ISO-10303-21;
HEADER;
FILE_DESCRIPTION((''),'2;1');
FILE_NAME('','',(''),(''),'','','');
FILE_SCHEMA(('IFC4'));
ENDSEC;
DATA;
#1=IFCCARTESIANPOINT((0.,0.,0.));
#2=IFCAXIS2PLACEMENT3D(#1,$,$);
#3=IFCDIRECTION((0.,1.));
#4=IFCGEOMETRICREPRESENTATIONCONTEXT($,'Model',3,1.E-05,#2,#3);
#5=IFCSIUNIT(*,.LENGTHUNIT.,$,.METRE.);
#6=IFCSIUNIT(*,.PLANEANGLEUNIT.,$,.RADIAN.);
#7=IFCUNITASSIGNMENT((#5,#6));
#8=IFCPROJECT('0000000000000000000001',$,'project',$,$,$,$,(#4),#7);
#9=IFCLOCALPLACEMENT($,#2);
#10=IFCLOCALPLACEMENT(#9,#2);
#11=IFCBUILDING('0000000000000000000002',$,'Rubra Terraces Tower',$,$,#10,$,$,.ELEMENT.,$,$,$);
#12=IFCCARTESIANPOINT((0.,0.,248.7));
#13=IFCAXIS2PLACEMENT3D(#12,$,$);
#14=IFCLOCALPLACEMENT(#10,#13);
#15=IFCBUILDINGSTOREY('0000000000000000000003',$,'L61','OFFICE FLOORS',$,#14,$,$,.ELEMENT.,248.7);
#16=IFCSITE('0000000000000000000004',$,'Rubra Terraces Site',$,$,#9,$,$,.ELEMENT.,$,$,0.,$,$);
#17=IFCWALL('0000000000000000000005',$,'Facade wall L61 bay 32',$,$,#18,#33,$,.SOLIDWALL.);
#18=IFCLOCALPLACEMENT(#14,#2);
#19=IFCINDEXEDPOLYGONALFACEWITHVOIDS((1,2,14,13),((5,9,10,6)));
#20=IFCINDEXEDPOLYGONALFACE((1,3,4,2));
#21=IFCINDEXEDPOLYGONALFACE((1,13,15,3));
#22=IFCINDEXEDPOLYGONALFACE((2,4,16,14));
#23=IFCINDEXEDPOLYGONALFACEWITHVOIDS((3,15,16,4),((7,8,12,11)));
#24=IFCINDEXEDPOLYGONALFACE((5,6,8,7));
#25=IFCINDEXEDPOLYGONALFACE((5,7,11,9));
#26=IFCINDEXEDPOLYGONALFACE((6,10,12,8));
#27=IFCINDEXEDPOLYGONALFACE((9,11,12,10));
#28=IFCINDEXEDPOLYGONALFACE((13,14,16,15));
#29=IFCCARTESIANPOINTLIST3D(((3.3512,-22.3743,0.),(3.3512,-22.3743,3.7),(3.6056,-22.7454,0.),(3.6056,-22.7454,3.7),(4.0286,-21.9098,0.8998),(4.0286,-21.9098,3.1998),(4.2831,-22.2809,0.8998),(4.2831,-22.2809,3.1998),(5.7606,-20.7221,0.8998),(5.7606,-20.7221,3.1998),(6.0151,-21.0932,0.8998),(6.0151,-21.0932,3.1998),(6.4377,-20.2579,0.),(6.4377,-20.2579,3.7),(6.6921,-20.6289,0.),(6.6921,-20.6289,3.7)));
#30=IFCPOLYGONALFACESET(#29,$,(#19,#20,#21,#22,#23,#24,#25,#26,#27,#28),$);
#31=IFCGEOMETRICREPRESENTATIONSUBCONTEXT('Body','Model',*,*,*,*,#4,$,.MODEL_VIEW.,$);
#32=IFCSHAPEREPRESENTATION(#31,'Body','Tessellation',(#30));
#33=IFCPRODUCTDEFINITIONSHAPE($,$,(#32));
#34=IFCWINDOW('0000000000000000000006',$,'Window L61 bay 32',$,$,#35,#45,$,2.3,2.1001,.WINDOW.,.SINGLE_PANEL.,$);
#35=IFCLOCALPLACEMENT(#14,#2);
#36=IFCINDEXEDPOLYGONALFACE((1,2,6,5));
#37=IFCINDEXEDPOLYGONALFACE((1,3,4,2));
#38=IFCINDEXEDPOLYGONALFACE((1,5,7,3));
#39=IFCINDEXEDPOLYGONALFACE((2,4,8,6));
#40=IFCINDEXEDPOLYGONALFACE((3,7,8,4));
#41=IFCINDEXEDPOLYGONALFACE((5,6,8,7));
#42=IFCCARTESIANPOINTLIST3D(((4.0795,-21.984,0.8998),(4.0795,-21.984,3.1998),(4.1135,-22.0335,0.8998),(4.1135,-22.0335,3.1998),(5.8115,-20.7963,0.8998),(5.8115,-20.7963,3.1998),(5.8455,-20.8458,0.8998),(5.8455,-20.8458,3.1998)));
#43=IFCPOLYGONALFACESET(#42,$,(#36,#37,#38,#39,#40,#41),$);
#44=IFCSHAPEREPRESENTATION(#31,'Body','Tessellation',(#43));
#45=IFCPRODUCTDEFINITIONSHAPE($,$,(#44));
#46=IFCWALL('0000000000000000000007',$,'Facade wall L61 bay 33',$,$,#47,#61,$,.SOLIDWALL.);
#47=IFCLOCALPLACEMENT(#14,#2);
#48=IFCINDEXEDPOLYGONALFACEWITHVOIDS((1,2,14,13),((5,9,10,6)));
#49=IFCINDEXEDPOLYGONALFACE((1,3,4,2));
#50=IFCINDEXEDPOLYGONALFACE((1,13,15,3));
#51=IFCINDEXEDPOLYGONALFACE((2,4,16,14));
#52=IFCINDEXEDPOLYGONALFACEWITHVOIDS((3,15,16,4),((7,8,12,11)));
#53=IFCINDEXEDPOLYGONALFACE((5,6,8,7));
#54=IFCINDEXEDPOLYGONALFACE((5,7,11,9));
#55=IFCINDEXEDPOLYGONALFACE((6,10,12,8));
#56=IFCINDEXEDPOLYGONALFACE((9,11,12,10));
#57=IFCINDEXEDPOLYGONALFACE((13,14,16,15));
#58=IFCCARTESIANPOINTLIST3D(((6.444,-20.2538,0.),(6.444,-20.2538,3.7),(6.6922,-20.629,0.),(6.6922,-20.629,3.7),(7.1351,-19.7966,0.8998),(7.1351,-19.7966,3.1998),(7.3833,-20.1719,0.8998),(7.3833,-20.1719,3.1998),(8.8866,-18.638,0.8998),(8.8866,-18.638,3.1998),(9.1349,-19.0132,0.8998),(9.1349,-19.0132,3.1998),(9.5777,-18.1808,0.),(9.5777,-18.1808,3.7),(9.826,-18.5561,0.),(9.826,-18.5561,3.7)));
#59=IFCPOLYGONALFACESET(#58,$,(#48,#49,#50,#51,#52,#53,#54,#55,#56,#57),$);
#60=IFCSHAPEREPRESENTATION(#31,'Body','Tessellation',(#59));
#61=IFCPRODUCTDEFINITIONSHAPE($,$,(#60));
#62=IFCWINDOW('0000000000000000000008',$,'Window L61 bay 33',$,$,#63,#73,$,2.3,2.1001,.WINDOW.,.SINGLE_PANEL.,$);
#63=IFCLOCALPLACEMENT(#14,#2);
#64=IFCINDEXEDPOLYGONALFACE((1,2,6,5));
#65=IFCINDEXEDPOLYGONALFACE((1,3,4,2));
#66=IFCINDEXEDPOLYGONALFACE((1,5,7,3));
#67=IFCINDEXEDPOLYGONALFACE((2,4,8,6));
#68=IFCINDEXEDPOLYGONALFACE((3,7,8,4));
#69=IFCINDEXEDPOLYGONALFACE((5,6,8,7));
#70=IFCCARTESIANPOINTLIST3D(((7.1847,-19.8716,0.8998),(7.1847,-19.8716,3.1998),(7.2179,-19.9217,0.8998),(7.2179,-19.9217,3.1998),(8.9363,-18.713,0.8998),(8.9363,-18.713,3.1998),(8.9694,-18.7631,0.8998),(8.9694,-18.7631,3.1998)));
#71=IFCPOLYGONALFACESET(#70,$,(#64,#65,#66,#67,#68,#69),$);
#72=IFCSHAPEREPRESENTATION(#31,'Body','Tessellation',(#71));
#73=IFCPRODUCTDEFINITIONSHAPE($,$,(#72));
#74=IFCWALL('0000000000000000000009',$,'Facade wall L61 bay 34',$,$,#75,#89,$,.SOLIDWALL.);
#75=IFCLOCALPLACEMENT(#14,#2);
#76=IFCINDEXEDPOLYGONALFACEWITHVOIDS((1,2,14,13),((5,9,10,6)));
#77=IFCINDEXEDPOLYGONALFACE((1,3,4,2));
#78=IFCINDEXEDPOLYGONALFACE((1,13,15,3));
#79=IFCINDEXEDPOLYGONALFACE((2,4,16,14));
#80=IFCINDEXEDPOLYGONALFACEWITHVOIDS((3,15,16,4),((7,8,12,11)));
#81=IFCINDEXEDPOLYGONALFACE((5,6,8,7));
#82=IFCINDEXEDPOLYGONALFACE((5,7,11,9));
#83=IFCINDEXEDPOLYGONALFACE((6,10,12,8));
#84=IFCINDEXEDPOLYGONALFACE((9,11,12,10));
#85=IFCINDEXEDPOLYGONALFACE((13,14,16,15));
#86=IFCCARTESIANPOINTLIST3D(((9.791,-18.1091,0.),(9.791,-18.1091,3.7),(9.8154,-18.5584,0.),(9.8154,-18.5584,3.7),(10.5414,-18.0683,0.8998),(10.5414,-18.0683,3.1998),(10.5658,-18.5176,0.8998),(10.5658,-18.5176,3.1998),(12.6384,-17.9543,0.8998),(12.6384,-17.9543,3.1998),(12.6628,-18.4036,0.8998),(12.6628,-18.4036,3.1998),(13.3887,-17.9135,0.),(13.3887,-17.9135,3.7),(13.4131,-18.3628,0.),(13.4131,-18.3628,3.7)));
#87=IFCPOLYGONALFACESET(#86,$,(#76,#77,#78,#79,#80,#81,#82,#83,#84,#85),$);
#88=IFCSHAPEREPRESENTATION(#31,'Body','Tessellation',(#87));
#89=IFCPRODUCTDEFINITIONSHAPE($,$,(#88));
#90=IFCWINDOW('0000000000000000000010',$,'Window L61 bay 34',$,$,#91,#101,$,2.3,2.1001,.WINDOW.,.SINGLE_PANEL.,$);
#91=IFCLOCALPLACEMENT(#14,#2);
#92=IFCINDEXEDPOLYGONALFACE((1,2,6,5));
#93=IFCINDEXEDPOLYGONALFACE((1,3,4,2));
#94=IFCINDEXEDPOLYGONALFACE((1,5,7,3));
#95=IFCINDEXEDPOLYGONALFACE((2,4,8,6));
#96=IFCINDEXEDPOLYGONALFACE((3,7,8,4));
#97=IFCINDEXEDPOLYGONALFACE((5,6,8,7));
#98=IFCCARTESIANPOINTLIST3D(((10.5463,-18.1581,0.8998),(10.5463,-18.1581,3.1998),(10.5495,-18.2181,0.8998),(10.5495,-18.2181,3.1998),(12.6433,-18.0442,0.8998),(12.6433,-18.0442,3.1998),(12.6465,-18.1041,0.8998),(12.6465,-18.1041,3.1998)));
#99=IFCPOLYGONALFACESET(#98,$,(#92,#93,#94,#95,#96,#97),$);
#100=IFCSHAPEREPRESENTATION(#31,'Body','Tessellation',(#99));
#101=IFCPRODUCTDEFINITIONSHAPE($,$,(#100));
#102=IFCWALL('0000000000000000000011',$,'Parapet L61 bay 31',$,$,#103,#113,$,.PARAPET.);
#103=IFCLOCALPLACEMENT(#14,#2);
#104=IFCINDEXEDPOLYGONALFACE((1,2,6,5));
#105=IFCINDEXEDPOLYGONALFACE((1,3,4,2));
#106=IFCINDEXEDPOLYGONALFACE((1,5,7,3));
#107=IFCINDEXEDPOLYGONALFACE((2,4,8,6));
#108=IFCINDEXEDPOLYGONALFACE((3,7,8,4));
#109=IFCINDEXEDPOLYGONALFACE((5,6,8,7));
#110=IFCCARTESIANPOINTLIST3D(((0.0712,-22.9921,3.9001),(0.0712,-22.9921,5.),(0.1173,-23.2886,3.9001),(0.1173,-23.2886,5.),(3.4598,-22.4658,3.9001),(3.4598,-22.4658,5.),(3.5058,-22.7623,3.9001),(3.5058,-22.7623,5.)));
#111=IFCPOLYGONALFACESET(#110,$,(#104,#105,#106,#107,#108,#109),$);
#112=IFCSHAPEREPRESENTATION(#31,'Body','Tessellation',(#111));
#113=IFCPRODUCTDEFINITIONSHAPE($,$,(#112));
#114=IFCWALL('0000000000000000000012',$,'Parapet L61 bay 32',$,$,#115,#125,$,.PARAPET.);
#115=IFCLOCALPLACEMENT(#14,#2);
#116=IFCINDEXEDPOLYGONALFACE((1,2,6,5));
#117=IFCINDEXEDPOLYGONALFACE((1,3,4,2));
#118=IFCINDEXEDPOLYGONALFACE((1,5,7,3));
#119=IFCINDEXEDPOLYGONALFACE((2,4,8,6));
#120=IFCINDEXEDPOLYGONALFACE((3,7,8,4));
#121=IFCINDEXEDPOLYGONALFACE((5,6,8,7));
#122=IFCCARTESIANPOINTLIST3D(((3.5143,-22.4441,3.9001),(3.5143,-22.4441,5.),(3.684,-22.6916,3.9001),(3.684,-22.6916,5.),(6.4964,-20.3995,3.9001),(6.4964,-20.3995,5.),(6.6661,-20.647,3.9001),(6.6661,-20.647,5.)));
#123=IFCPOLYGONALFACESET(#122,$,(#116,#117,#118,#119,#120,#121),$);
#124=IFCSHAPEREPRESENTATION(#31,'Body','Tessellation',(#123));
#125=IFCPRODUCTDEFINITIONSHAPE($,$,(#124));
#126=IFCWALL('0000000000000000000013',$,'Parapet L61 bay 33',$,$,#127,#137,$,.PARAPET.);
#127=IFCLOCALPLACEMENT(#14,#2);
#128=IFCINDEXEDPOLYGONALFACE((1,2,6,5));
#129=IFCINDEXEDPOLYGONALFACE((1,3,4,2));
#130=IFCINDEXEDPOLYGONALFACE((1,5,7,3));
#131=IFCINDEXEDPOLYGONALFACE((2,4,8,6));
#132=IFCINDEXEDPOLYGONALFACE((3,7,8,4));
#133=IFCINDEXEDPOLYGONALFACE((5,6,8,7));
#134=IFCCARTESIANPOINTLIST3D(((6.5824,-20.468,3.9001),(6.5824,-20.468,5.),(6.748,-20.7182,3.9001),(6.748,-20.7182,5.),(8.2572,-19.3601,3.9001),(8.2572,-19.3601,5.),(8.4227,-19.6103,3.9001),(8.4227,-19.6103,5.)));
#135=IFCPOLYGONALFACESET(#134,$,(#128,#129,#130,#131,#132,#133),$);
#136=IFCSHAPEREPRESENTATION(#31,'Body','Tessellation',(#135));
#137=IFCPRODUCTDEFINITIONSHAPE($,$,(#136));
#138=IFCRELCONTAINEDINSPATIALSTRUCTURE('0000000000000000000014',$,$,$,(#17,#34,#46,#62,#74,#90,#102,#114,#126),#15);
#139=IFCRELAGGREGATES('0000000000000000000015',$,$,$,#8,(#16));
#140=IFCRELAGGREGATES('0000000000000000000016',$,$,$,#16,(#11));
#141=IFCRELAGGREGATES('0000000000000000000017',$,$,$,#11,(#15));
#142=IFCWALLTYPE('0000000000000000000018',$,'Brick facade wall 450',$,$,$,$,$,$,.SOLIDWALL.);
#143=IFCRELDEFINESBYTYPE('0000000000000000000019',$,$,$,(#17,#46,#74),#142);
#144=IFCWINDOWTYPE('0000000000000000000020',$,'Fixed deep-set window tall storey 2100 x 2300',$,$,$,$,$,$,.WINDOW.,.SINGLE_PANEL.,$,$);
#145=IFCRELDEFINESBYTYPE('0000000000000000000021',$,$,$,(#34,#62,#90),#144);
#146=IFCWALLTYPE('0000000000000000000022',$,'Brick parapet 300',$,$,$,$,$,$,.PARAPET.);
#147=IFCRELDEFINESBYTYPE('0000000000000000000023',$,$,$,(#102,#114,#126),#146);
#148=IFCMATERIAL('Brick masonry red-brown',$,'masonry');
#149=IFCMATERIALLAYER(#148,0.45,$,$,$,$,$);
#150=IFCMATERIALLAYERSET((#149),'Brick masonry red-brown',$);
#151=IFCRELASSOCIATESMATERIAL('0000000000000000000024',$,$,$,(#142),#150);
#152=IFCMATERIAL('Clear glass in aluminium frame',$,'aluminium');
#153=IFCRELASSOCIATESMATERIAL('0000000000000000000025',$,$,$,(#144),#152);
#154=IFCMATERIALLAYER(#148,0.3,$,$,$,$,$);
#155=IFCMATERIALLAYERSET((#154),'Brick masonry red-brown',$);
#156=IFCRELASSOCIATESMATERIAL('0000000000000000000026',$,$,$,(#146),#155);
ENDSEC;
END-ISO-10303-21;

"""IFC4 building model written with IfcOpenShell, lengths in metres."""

from ifc_helpers import new_model, si_unit, direction, frame, frame_2d, origin, place, context, subcontext, project, spatial, rectangle, extrude, material, layer, layer_set, type_object, element, fill, save


model = new_model("IFC4")

# Units and contexts
model_context = context("Model", 3, precision=1e-05, world=origin(), true_north=direction((0.0, 1.0)))
body_context = subcontext(model_context, "Body", "Model", "MODEL_VIEW")
ifc_project = project(units=[si_unit("LENGTHUNIT", "METRE"), si_unit("PLANEANGLEUNIT", "RADIAN")], contexts=[model_context])

# Site, building, storey
site_placement = place(None, origin())
site = spatial("IfcSite", under=ifc_project, at=site_placement, Name="Rubra Terraces Site", CompositionType="ELEMENT", RefElevation=0.0)
building_placement = place(site_placement, origin())
building = spatial("IfcBuilding", under=site, at=building_placement, Name="Rubra Terraces Tower", CompositionType="ELEMENT")
storey_placement = place(building_placement, frame((0.0, 0.0, 248.7)))
storey = spatial("IfcBuildingStorey", under=building, at=storey_placement, Name="L61", Description="OFFICE FLOORS", CompositionType="ELEMENT", Elevation=248.7)

# Walls, openings, windows
ifc_material_1 = material(Name="Brick masonry red-brown", Category="masonry")
ifc_layer_1 = layer(ifc_material_1, 0.45)
ifc_layer_set_1 = layer_set([ifc_layer_1], Name="Brick masonry red-brown")
wall_type_1 = type_object("IfcWallType", Name="Brick facade wall 450", PredefinedType="SOLIDWALL", material=ifc_layer_set_1)
wall_1_placement = place(storey_placement, frame((3.4785, -22.5598, 0.0), z_axis=(0.0, 0.0, 1.0), x_axis=(0.824723, 0.565537, 0.0)))
wall_1 = element("IfcWall", 1, at=wall_1_placement, inside=storey, type_object=wall_type_1, Name="Facade wall L61 bay 32", PredefinedType="SOLIDWALL", context=body_context, shape_type="SweptSolid", body=[
    extrude(rectangle(XDim=3.7424, YDim=0.45, at=frame_2d((1.8711, 0.0))), origin(), (0.0, 0.0, 1.0), 3.7),
])
opening_1_placement = place(wall_1_placement, frame((0.8213, 0.0, 0.8999)))
opening_1 = element("IfcOpeningElement", 2, at=opening_1_placement, cuts=wall_1, PredefinedType="OPENING", context=body_context, shape_type="SweptSolid", body=[
    extrude(rectangle(XDim=2.1001, YDim=2.3, at=frame_2d((1.05, 1.1499))), frame((0.0, 0.2349, 0.0), z_axis=(0.0, -1.0, 0.0), x_axis=(1.0, 0.0, 0.0)), (0.0, 0.0, 1.0), 0.47),
])
ifc_material_2 = material(Name="Clear glass in aluminium frame", Category="aluminium")
window_type = type_object("IfcWindowType", Name="Fixed deep-set window tall storey 2100 x 2300", PartitioningType="SINGLE_PANEL", PredefinedType="WINDOW", material=ifc_material_2)
window_1_placement = place(opening_1_placement, origin())
window_1 = element("IfcWindow", 3, at=window_1_placement, inside=storey, type_object=window_type, Name="Window L61 bay 32", OverallHeight=2.3, OverallWidth=2.1001, PartitioningType="SINGLE_PANEL", PredefinedType="WINDOW", context=body_context, shape_type="SweptSolid", body=[
    extrude(rectangle(XDim=2.1001, YDim=2.3, at=frame_2d((1.05, 1.1499))), frame((0.0, 0.135, 0.0), z_axis=(0.0, -1.0, 0.0), x_axis=(1.0, 0.0, 0.0)), (0.0, 0.0, 1.0), 0.0601),
])
fill(opening_1, window_1)
wall_2_placement = place(storey_placement, frame((6.5681, -20.4414, 0.0), z_axis=(0.0, 0.0, 1.0), x_axis=(0.834034, 0.551713, 0.0)))
wall_2 = element("IfcWall", 4, at=wall_2_placement, inside=storey, type_object=wall_type_1, Name="Facade wall L61 bay 33", PredefinedType="SOLIDWALL", context=body_context, shape_type="SweptSolid", body=[
    extrude(rectangle(XDim=3.7573, YDim=0.45, at=frame_2d((1.8787, 0.0))), origin(), (0.0, 0.0, 1.0), 3.7),
])
opening_2_placement = place(wall_2_placement, frame((0.8286, 0.0, 0.8999)))
opening_2 = element("IfcOpeningElement", 5, at=opening_2_placement, cuts=wall_2, PredefinedType="OPENING", context=body_context, shape_type="SweptSolid", body=[
    extrude(rectangle(XDim=2.1001, YDim=2.3, at=frame_2d((1.05, 1.1499))), frame((0.0, 0.2349, 0.0), z_axis=(0.0, -1.0, 0.0), x_axis=(1.0, 0.0, 0.0)), (0.0, 0.0, 1.0), 0.47),
])
window_2_placement = place(opening_2_placement, origin())
window_2 = element("IfcWindow", 6, at=window_2_placement, inside=storey, type_object=window_type, Name="Window L61 bay 33", OverallHeight=2.3, OverallWidth=2.1001, PartitioningType="SINGLE_PANEL", PredefinedType="WINDOW", context=body_context, shape_type="SweptSolid", body=[
    extrude(rectangle(XDim=2.1001, YDim=2.3, at=frame_2d((1.05, 1.1499))), frame((0.0, 0.135, 0.0), z_axis=(0.0, -1.0, 0.0), x_axis=(1.0, 0.0, 0.0)), (0.0, 0.0, 1.0), 0.0601),
])
fill(opening_2, window_2)
wall_3_placement = place(storey_placement, frame((9.8032, -18.3337, 0.0), z_axis=(0.0, 0.0, 1.0), x_axis=(0.998526, 0.054277, 0.0)))
wall_3 = element("IfcWall", 7, at=wall_3_placement, inside=storey, type_object=wall_type_1, Name="Facade wall L61 bay 34", PredefinedType="SOLIDWALL", context=body_context, shape_type="SweptSolid", body=[
    extrude(rectangle(XDim=3.603, YDim=0.45, at=frame_2d((1.8015, 0.0))), origin(), (0.0, 0.0, 1.0), 3.7),
])
opening_3_placement = place(wall_3_placement, frame((0.7515, 0.0, 0.8999)))
opening_3 = element("IfcOpeningElement", 8, at=opening_3_placement, cuts=wall_3, PredefinedType="OPENING", context=body_context, shape_type="SweptSolid", body=[
    extrude(rectangle(XDim=2.1001, YDim=2.3, at=frame_2d((1.05, 1.1499))), frame((0.0, 0.2349, 0.0), z_axis=(0.0, -1.0, 0.0), x_axis=(1.0, 0.0, 0.0)), (0.0, 0.0, 1.0), 0.47),
])
window_3_placement = place(opening_3_placement, origin())
window_3 = element("IfcWindow", 9, at=window_3_placement, inside=storey, type_object=window_type, Name="Window L61 bay 34", OverallHeight=2.3, OverallWidth=2.1001, PartitioningType="SINGLE_PANEL", PredefinedType="WINDOW", context=body_context, shape_type="SweptSolid", body=[
    extrude(rectangle(XDim=2.1001, YDim=2.3, at=frame_2d((1.05, 1.1499))), frame((0.0, 0.135, 0.0), z_axis=(0.0, -1.0, 0.0), x_axis=(1.0, 0.0, 0.0)), (0.0, 0.0, 1.0), 0.0601),
])
fill(opening_3, window_3)

# Walls
ifc_layer_2 = layer(ifc_material_1, 0.3)
ifc_layer_set_2 = layer_set([ifc_layer_2], Name="Brick masonry red-brown")
wall_type_2 = type_object("IfcWallType", Name="Brick parapet 300", PredefinedType="PARAPET", material=ifc_layer_set_2)
wall_4_placement = place(storey_placement, frame((0.0942, -23.1404, 3.9001), z_axis=(0.0, 0.0, 1.0), x_axis=(0.98815, 0.153491, 0.0)))
element("IfcWall", 10, at=wall_4_placement, inside=storey, type_object=wall_type_2, Name="Parapet L61 bay 31", PredefinedType="PARAPET", context=body_context, shape_type="SweptSolid", body=[
    extrude(rectangle(XDim=3.4292, YDim=0.3, at=frame_2d((1.7146, 0.0))), origin(), (0.0, 0.0, 1.0), 1.0999),
])
wall_5_placement = place(storey_placement, frame((3.5991, -22.5679, 3.9001), z_axis=(0.0, 0.0, 1.0), x_axis=(0.82476, 0.565482, 0.0)))
element("IfcWall", 11, at=wall_5_placement, inside=storey, type_object=wall_type_2, Name="Parapet L61 bay 32", PredefinedType="PARAPET", context=body_context, shape_type="SweptSolid", body=[
    extrude(rectangle(XDim=3.6157, YDim=0.3, at=frame_2d((1.8079, 0.0))), origin(), (0.0, 0.0, 1.0), 1.0999),
])
wall_6_placement = place(storey_placement, frame((6.6653, -20.593, 3.9001), z_axis=(0.0, 0.0, 1.0), x_axis=(0.834028, 0.551723, 0.0)))
element("IfcWall", 12, at=wall_6_placement, inside=storey, type_object=wall_type_2, Name="Parapet L61 bay 33", PredefinedType="PARAPET", context=body_context, shape_type="SweptSolid", body=[
    extrude(rectangle(XDim=2.0081, YDim=0.3, at=frame_2d((1.0039, 0.0))), origin(), (0.0, 0.0, 1.0), 1.0999),
])

save(model, "model.ifc")
